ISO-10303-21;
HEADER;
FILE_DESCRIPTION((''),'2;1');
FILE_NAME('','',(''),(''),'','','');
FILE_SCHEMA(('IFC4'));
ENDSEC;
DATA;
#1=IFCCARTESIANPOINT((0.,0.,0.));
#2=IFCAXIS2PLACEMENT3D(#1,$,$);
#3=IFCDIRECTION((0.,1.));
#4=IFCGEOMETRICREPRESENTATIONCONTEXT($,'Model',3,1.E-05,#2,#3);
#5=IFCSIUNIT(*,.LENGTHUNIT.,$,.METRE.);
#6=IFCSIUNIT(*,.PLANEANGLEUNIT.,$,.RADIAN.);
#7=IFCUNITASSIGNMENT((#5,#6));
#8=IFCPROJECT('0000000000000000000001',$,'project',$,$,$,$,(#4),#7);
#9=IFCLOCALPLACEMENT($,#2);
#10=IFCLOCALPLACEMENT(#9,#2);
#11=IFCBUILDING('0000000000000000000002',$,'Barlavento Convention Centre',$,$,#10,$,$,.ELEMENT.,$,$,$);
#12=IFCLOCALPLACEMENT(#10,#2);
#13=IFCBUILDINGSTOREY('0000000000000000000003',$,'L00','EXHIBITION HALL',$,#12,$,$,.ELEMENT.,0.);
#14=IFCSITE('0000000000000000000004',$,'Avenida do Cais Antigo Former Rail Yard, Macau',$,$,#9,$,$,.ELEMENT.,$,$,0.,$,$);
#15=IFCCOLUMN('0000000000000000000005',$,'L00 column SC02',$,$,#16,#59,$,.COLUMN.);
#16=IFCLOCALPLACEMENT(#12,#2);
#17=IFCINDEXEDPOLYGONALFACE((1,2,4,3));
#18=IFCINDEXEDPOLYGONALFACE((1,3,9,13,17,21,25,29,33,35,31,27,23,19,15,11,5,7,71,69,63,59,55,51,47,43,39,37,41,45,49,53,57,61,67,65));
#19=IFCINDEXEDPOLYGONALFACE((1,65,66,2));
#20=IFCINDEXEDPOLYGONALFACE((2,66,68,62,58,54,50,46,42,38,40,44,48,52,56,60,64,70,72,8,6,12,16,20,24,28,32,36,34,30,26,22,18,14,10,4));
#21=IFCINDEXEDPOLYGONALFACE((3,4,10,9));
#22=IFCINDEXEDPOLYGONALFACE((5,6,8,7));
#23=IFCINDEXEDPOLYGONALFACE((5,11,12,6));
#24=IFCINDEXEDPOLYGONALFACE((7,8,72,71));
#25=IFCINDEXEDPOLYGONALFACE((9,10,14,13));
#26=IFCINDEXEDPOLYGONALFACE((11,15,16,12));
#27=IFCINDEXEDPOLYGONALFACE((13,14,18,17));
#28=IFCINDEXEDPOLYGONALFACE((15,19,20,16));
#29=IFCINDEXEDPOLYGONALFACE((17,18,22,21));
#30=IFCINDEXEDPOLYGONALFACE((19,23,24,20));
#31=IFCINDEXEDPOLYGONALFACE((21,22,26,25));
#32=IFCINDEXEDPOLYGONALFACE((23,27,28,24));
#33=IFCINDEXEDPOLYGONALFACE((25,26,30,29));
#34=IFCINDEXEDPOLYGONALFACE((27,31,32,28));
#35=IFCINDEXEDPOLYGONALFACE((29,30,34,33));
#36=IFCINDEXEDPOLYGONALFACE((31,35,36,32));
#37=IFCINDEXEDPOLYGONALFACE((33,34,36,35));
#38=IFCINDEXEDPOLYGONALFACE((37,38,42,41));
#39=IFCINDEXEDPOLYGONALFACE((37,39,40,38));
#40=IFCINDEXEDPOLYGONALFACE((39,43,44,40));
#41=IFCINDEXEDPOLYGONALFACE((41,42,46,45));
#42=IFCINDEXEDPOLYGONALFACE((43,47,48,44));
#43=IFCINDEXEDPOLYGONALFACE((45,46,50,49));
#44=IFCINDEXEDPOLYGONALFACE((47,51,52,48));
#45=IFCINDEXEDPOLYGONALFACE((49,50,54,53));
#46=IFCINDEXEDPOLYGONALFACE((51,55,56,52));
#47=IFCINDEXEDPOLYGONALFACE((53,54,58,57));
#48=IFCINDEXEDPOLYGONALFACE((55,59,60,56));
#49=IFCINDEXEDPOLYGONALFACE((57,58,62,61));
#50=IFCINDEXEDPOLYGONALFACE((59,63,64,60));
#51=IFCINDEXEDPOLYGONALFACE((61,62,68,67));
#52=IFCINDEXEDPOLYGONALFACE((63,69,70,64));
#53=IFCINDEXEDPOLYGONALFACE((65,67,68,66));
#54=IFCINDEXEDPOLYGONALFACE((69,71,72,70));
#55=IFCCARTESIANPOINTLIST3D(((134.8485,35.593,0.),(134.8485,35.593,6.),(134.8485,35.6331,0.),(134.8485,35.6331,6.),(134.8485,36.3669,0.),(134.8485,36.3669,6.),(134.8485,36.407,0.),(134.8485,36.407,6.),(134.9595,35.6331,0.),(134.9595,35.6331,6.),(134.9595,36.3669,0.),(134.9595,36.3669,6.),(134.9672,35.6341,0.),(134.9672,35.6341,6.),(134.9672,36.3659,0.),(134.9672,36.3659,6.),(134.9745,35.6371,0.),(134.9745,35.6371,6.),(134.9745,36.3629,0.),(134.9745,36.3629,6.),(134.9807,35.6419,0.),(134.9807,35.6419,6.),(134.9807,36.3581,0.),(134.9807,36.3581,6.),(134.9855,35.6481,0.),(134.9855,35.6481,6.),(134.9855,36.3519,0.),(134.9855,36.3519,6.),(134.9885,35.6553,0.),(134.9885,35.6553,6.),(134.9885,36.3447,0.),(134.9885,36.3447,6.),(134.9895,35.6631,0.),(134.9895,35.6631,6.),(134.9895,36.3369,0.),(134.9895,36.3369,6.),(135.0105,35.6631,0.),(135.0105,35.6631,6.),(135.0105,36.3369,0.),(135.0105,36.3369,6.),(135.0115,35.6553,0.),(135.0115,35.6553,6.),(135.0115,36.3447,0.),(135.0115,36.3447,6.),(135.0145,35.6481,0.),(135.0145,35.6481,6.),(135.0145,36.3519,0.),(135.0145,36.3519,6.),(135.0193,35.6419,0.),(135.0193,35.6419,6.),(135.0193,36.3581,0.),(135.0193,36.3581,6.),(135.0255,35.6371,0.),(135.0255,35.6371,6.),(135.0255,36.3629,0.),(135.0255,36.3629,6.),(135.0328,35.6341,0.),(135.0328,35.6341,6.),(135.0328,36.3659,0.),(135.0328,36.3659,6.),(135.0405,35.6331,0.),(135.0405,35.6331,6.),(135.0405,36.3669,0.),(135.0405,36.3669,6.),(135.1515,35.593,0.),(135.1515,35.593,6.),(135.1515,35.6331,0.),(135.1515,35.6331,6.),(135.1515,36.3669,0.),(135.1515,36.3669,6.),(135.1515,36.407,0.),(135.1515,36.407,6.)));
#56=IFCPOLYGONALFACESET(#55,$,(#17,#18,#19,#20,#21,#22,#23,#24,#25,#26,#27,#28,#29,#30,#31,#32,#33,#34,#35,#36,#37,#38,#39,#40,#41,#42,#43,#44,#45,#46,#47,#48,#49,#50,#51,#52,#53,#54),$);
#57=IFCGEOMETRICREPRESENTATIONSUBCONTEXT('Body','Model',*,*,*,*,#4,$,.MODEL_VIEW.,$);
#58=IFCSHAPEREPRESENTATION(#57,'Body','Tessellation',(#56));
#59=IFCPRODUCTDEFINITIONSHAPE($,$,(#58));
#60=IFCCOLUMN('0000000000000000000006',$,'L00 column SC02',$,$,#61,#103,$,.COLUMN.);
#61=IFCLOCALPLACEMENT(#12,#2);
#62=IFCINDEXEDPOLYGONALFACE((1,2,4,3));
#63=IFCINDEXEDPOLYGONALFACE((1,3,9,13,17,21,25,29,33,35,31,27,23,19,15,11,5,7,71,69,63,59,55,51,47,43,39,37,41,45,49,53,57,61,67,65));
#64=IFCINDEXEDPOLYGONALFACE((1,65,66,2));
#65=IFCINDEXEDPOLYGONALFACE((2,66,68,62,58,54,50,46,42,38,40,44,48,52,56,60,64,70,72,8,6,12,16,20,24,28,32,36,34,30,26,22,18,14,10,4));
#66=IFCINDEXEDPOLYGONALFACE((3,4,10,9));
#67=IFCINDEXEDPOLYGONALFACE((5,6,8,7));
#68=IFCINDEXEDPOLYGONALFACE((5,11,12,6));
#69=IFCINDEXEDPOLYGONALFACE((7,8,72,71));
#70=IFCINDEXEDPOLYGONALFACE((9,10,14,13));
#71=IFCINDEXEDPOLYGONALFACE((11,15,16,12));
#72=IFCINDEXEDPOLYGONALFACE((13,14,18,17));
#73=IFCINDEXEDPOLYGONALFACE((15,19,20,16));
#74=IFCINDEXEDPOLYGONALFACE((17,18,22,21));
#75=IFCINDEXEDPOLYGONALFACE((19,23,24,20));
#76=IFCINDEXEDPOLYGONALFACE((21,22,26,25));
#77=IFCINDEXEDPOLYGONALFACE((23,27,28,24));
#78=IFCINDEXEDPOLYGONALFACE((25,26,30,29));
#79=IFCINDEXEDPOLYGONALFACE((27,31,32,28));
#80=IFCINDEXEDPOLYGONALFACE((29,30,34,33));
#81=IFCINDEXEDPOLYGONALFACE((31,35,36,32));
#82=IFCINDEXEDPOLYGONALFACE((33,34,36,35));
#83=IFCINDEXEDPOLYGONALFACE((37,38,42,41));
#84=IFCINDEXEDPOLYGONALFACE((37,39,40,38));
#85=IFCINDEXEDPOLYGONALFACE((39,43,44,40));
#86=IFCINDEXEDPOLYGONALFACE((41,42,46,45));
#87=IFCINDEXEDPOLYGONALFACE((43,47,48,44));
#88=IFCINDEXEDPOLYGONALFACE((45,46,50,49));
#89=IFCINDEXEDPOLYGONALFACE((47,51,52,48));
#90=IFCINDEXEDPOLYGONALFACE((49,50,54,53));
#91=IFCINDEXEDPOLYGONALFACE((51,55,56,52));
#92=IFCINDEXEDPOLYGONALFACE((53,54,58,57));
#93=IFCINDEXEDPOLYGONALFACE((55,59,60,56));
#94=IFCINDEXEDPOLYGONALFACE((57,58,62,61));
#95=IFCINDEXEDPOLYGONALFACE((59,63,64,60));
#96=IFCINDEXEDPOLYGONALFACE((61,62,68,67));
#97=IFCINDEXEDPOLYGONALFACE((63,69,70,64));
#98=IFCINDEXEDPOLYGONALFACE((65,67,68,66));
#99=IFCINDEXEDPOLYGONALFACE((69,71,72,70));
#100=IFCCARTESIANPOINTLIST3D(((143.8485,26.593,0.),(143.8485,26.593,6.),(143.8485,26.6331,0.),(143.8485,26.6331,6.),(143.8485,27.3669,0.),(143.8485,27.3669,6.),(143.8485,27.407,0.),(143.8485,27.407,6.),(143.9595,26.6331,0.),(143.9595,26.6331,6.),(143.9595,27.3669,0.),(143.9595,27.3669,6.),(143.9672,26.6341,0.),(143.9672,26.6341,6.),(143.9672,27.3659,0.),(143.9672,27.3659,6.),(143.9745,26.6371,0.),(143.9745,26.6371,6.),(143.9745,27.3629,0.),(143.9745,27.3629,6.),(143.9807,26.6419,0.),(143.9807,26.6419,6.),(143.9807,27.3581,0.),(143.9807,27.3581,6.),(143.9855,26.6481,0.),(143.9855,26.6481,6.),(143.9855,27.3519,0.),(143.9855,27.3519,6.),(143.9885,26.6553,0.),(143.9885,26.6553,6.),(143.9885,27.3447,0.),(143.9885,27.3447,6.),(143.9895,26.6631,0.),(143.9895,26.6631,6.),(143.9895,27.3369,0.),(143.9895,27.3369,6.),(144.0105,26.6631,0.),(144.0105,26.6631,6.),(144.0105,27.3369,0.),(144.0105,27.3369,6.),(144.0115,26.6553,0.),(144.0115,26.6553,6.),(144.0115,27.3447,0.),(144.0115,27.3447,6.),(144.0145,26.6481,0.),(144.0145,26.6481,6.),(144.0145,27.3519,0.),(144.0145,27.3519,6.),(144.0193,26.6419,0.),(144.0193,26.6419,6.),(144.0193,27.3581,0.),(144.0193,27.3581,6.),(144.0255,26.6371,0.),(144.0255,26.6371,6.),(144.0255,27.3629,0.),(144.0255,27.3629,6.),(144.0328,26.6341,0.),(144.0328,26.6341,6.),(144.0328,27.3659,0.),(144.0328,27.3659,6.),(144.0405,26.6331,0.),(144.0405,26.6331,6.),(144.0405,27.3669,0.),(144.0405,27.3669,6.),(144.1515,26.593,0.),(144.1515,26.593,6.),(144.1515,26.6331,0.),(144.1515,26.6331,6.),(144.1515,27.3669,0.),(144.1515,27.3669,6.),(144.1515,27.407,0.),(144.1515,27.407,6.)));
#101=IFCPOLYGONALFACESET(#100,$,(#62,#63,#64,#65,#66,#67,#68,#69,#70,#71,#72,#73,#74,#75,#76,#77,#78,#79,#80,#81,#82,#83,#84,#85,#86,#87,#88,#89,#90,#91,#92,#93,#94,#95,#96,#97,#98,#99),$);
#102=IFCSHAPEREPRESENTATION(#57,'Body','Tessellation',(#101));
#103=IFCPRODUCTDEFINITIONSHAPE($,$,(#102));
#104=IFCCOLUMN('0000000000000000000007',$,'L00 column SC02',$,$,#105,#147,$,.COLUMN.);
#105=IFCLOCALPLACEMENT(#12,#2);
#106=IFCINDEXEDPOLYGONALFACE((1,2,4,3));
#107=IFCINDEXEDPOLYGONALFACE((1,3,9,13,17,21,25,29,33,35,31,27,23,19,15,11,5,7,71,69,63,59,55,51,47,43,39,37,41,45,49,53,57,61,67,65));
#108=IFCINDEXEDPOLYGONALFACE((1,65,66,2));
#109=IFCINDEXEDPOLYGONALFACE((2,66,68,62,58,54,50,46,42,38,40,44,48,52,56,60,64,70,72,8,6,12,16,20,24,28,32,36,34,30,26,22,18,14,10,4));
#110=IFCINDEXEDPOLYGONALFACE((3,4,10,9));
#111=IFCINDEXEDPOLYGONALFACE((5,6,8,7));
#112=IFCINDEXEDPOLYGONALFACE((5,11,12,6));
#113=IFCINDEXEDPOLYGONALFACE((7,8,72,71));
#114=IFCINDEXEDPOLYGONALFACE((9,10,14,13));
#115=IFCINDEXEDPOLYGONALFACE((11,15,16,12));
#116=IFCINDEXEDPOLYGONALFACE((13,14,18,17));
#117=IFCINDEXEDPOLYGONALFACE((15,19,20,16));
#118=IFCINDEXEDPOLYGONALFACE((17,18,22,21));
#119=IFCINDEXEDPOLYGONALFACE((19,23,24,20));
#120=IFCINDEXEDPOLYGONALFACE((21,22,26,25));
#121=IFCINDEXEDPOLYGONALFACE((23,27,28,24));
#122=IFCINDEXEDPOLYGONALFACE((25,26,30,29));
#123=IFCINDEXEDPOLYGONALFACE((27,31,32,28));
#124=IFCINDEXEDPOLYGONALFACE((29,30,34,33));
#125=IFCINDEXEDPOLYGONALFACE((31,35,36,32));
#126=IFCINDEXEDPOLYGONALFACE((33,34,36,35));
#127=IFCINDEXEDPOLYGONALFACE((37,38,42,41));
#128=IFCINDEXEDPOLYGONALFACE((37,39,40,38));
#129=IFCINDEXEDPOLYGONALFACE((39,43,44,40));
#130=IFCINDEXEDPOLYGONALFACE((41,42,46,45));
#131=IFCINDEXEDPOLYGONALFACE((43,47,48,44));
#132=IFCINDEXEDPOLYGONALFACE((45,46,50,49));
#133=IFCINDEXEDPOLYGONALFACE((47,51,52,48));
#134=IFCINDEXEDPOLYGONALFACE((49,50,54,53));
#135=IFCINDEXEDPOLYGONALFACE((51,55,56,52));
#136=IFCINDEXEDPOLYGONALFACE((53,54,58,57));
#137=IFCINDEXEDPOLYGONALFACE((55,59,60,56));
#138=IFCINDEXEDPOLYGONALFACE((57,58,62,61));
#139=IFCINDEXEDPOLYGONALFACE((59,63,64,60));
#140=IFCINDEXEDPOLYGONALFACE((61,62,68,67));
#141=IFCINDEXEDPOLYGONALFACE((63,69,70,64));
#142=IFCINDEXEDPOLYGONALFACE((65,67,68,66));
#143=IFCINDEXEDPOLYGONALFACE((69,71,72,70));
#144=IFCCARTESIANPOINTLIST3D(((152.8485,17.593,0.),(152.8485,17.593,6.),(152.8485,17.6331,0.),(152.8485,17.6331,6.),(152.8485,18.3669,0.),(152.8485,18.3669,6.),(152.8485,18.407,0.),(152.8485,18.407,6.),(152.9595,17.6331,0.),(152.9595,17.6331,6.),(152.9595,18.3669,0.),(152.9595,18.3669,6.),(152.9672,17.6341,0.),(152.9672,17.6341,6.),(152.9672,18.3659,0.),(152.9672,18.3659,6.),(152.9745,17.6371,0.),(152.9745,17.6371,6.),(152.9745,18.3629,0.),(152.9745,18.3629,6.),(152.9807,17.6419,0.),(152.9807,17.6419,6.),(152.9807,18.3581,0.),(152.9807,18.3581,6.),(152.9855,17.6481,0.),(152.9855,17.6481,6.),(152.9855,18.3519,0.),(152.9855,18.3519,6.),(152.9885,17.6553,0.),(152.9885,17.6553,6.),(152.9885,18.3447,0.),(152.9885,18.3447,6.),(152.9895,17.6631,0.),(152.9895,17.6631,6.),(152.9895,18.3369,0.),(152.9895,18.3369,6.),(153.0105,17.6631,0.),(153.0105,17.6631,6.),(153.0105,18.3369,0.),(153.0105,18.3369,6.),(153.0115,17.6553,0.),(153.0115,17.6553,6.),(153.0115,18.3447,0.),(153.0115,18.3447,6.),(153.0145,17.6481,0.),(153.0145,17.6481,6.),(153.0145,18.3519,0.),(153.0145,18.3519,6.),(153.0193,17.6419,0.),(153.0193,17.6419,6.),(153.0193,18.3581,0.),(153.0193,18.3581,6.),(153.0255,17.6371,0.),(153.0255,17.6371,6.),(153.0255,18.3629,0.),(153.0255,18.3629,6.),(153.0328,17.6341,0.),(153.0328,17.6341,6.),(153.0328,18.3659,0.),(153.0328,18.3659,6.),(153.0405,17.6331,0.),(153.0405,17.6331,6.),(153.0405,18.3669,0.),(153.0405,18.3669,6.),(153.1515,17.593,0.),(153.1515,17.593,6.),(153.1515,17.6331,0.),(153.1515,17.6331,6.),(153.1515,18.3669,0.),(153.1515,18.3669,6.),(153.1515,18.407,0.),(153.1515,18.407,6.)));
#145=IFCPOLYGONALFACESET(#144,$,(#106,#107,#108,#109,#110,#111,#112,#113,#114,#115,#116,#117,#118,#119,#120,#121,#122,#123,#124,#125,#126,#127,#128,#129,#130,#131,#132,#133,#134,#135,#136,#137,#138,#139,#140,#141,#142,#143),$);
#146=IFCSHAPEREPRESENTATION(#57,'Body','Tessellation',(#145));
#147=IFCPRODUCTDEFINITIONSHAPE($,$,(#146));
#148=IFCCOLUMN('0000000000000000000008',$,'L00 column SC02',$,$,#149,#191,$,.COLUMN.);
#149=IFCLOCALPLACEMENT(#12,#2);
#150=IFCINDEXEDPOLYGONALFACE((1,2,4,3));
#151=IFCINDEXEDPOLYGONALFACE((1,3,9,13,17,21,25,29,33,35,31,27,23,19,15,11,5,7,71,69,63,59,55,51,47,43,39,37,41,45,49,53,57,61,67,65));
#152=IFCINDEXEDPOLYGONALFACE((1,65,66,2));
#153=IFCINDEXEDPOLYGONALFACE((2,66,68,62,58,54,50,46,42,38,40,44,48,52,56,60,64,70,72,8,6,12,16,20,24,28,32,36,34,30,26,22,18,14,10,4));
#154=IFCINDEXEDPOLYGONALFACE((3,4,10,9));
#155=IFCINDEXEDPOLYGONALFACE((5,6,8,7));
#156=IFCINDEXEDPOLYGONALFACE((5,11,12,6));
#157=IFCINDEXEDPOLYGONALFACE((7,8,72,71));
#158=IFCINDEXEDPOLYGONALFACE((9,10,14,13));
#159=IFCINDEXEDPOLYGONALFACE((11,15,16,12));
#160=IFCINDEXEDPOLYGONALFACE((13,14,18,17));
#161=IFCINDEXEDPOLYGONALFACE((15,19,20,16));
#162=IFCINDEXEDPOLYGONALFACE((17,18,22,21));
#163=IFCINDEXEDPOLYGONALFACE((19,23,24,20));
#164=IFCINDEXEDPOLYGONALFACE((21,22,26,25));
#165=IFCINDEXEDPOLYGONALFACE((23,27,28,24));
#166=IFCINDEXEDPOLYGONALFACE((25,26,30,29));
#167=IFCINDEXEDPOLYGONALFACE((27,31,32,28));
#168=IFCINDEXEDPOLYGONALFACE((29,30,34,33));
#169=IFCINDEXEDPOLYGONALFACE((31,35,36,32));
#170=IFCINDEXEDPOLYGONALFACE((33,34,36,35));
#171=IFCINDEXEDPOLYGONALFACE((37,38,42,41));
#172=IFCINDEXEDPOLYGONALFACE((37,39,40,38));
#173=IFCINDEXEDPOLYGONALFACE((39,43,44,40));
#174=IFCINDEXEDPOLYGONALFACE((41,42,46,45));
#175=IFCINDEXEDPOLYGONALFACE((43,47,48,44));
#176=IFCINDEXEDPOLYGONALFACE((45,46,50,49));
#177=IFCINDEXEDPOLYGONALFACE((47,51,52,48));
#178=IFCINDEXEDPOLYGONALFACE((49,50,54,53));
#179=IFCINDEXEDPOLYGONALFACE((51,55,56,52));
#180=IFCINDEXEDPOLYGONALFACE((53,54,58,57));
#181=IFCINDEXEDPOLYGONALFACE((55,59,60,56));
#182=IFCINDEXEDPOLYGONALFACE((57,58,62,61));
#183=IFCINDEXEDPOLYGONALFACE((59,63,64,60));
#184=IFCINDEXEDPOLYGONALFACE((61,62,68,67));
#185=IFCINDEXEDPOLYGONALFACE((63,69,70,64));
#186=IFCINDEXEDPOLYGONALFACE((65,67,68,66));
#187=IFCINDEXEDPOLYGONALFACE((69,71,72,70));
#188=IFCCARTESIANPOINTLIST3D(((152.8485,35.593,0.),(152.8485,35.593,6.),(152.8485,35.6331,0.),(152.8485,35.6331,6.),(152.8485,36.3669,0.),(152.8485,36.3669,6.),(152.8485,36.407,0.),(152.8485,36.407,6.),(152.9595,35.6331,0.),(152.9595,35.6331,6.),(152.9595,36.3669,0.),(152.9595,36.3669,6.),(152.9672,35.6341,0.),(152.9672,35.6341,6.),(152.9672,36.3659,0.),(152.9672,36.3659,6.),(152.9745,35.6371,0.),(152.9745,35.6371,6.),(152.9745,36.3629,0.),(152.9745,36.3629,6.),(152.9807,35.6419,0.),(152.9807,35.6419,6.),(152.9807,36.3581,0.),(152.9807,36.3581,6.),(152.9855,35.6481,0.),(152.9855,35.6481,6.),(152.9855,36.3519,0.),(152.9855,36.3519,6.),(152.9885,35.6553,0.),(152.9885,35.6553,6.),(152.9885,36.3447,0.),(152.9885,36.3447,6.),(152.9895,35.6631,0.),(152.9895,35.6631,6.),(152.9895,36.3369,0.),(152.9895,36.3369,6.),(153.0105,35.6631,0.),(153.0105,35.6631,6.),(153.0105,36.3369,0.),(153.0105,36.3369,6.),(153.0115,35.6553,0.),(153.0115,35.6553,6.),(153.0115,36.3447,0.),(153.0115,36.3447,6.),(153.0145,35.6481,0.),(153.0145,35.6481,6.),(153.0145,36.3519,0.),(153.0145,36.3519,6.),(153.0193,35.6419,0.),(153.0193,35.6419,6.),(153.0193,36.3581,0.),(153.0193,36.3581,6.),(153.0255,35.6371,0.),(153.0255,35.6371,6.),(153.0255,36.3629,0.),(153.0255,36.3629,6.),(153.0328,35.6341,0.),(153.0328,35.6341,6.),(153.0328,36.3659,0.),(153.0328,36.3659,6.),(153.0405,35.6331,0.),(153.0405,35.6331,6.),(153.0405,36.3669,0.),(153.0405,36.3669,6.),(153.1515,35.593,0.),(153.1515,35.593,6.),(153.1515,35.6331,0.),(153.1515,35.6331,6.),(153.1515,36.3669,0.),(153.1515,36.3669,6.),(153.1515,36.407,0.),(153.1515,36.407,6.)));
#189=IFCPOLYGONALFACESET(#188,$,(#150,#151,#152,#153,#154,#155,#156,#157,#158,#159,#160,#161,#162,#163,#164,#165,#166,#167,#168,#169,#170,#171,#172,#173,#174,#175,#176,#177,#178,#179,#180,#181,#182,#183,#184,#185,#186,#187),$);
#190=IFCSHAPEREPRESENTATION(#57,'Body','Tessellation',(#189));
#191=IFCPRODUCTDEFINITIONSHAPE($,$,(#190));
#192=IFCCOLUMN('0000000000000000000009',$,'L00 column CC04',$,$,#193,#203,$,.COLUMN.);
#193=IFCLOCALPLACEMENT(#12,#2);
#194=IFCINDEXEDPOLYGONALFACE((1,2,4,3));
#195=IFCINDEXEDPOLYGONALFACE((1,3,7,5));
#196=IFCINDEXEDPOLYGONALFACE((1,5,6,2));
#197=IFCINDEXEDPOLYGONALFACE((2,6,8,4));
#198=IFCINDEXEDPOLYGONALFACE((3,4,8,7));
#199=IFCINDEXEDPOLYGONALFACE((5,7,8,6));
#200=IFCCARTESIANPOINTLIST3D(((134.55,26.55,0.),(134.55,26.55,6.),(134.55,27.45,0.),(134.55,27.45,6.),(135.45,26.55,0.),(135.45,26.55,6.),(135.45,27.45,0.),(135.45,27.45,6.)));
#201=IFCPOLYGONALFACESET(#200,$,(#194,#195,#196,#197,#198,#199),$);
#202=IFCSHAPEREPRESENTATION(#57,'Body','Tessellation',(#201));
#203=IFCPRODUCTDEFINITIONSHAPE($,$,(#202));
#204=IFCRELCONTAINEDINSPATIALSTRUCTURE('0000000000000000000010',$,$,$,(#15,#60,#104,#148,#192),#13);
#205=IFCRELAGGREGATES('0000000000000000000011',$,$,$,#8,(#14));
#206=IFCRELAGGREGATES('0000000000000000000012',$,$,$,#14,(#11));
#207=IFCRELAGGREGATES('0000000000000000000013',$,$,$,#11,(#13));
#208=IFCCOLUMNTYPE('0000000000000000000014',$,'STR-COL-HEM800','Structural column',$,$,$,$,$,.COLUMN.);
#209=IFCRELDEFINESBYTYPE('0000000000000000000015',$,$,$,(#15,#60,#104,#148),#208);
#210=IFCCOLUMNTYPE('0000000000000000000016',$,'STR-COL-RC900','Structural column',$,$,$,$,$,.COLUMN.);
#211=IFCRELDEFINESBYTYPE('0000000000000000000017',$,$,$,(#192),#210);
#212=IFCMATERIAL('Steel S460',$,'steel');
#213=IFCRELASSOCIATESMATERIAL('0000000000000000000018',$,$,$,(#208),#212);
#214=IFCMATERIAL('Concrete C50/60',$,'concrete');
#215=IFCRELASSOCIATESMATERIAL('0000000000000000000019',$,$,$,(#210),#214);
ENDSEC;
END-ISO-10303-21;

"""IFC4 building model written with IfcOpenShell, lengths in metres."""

from ifc_helpers import new_model, si_unit, direction, frame, origin, origin_2d, place, context, subcontext, project, spatial, rectangle, i_section, extrude, material, material_profile, profile_set, type_object, element, save


model = new_model("IFC4")

# Units and contexts
model_context = context("Model", 3, precision=1e-05, world=origin(), true_north=direction((0.0, 1.0)))
body_context = subcontext(model_context, "Body", "Model", "MODEL_VIEW")
ifc_project = project(units=[si_unit("LENGTHUNIT", "METRE"), si_unit("PLANEANGLEUNIT", "RADIAN")], contexts=[model_context])

# Site, building, storey
site_placement = place(None, origin())
site = spatial("IfcSite", under=ifc_project, at=site_placement, Name="Avenida do Cais Antigo Former Rail Yard, Macau", CompositionType="ELEMENT", RefElevation=0.0)
building_placement = place(site_placement, origin())
building = spatial("IfcBuilding", under=site, at=building_placement, Name="Barlavento Convention Centre", CompositionType="ELEMENT")
storey_placement = place(building_placement, origin())
storey = spatial("IfcBuildingStorey", under=building, at=storey_placement, Name="L00", Description="EXHIBITION HALL", CompositionType="ELEMENT", Elevation=0.0)

# Columns
ifc_material_1 = material(Name="Steel S460", Category="steel")
ifc_material_profile_1 = material_profile(ifc_material_1, i_section(OverallWidth=0.303, OverallDepth=0.814, WebThickness=0.021, FlangeThickness=0.04, FilletRadius=0.03, at=origin_2d()), Name="HEM 800")
ifc_profile_set_1 = profile_set([ifc_material_profile_1], Name="Steel S460")
column_type_1 = type_object("IfcColumnType", Name="STR-COL-HEM800", Description="Structural column", PredefinedType="COLUMN", material=ifc_profile_set_1)
for number, where, z_axis, x_axis, name in (
    (1, (135.0, 36.0, 0.0), (0.0, 0.0, 1.0), (1.0, 0.0, 0.0), "L00 column SC02"),
    (2, (144.0, 27.0, 0.0), (0.0, 0.0, 1.0), (1.0, 0.0, 0.0), "L00 column SC02"),
    (3, (153.0, 18.0, 0.0), (0.0, 0.0, 1.0), (1.0, 0.0, 0.0), "L00 column SC02"),
    (4, (153.0, 36.0, 0.0), (0.0, 0.0, 1.0), (1.0, 0.0, 0.0), "L00 column SC02"),
):
    element("IfcColumn", number, at=place(storey_placement, frame(where, z_axis=z_axis, x_axis=x_axis)), inside=storey, type_object=column_type_1, Name=name, PredefinedType="COLUMN", context=body_context, shape_type="SweptSolid", body=[
        extrude(i_section(OverallWidth=0.303, OverallDepth=0.814, WebThickness=0.021, FlangeThickness=0.04, FilletRadius=0.03, at=origin_2d()), origin(), (0.0, 0.0, 1.0), 6.0),
    ])
ifc_material_2 = material(Name="Concrete C50/60", Category="concrete")
ifc_material_profile_2 = material_profile(ifc_material_2, rectangle(XDim=0.8999, YDim=0.8999, at=origin_2d()), Name="RC 900x900")
ifc_profile_set_2 = profile_set([ifc_material_profile_2], Name="Concrete C50/60")
column_type_2 = type_object("IfcColumnType", Name="STR-COL-RC900", Description="Structural column", PredefinedType="COLUMN", material=ifc_profile_set_2)
for number, where, z_axis, x_axis, name in (
    (5, (135.0, 27.0, 0.0), (0.0, 0.0, 1.0), (1.0, 0.0, 0.0), "L00 column CC04"),
):
    element("IfcColumn", number, at=place(storey_placement, frame(where, z_axis=z_axis, x_axis=x_axis)), inside=storey, type_object=column_type_2, Name=name, PredefinedType="COLUMN", context=body_context, shape_type="SweptSolid", body=[
        extrude(rectangle(XDim=0.8999, YDim=0.8999, at=origin_2d()), origin(), (0.0, 0.0, 1.0), 6.0),
    ])

save(model, "model.ifc")
